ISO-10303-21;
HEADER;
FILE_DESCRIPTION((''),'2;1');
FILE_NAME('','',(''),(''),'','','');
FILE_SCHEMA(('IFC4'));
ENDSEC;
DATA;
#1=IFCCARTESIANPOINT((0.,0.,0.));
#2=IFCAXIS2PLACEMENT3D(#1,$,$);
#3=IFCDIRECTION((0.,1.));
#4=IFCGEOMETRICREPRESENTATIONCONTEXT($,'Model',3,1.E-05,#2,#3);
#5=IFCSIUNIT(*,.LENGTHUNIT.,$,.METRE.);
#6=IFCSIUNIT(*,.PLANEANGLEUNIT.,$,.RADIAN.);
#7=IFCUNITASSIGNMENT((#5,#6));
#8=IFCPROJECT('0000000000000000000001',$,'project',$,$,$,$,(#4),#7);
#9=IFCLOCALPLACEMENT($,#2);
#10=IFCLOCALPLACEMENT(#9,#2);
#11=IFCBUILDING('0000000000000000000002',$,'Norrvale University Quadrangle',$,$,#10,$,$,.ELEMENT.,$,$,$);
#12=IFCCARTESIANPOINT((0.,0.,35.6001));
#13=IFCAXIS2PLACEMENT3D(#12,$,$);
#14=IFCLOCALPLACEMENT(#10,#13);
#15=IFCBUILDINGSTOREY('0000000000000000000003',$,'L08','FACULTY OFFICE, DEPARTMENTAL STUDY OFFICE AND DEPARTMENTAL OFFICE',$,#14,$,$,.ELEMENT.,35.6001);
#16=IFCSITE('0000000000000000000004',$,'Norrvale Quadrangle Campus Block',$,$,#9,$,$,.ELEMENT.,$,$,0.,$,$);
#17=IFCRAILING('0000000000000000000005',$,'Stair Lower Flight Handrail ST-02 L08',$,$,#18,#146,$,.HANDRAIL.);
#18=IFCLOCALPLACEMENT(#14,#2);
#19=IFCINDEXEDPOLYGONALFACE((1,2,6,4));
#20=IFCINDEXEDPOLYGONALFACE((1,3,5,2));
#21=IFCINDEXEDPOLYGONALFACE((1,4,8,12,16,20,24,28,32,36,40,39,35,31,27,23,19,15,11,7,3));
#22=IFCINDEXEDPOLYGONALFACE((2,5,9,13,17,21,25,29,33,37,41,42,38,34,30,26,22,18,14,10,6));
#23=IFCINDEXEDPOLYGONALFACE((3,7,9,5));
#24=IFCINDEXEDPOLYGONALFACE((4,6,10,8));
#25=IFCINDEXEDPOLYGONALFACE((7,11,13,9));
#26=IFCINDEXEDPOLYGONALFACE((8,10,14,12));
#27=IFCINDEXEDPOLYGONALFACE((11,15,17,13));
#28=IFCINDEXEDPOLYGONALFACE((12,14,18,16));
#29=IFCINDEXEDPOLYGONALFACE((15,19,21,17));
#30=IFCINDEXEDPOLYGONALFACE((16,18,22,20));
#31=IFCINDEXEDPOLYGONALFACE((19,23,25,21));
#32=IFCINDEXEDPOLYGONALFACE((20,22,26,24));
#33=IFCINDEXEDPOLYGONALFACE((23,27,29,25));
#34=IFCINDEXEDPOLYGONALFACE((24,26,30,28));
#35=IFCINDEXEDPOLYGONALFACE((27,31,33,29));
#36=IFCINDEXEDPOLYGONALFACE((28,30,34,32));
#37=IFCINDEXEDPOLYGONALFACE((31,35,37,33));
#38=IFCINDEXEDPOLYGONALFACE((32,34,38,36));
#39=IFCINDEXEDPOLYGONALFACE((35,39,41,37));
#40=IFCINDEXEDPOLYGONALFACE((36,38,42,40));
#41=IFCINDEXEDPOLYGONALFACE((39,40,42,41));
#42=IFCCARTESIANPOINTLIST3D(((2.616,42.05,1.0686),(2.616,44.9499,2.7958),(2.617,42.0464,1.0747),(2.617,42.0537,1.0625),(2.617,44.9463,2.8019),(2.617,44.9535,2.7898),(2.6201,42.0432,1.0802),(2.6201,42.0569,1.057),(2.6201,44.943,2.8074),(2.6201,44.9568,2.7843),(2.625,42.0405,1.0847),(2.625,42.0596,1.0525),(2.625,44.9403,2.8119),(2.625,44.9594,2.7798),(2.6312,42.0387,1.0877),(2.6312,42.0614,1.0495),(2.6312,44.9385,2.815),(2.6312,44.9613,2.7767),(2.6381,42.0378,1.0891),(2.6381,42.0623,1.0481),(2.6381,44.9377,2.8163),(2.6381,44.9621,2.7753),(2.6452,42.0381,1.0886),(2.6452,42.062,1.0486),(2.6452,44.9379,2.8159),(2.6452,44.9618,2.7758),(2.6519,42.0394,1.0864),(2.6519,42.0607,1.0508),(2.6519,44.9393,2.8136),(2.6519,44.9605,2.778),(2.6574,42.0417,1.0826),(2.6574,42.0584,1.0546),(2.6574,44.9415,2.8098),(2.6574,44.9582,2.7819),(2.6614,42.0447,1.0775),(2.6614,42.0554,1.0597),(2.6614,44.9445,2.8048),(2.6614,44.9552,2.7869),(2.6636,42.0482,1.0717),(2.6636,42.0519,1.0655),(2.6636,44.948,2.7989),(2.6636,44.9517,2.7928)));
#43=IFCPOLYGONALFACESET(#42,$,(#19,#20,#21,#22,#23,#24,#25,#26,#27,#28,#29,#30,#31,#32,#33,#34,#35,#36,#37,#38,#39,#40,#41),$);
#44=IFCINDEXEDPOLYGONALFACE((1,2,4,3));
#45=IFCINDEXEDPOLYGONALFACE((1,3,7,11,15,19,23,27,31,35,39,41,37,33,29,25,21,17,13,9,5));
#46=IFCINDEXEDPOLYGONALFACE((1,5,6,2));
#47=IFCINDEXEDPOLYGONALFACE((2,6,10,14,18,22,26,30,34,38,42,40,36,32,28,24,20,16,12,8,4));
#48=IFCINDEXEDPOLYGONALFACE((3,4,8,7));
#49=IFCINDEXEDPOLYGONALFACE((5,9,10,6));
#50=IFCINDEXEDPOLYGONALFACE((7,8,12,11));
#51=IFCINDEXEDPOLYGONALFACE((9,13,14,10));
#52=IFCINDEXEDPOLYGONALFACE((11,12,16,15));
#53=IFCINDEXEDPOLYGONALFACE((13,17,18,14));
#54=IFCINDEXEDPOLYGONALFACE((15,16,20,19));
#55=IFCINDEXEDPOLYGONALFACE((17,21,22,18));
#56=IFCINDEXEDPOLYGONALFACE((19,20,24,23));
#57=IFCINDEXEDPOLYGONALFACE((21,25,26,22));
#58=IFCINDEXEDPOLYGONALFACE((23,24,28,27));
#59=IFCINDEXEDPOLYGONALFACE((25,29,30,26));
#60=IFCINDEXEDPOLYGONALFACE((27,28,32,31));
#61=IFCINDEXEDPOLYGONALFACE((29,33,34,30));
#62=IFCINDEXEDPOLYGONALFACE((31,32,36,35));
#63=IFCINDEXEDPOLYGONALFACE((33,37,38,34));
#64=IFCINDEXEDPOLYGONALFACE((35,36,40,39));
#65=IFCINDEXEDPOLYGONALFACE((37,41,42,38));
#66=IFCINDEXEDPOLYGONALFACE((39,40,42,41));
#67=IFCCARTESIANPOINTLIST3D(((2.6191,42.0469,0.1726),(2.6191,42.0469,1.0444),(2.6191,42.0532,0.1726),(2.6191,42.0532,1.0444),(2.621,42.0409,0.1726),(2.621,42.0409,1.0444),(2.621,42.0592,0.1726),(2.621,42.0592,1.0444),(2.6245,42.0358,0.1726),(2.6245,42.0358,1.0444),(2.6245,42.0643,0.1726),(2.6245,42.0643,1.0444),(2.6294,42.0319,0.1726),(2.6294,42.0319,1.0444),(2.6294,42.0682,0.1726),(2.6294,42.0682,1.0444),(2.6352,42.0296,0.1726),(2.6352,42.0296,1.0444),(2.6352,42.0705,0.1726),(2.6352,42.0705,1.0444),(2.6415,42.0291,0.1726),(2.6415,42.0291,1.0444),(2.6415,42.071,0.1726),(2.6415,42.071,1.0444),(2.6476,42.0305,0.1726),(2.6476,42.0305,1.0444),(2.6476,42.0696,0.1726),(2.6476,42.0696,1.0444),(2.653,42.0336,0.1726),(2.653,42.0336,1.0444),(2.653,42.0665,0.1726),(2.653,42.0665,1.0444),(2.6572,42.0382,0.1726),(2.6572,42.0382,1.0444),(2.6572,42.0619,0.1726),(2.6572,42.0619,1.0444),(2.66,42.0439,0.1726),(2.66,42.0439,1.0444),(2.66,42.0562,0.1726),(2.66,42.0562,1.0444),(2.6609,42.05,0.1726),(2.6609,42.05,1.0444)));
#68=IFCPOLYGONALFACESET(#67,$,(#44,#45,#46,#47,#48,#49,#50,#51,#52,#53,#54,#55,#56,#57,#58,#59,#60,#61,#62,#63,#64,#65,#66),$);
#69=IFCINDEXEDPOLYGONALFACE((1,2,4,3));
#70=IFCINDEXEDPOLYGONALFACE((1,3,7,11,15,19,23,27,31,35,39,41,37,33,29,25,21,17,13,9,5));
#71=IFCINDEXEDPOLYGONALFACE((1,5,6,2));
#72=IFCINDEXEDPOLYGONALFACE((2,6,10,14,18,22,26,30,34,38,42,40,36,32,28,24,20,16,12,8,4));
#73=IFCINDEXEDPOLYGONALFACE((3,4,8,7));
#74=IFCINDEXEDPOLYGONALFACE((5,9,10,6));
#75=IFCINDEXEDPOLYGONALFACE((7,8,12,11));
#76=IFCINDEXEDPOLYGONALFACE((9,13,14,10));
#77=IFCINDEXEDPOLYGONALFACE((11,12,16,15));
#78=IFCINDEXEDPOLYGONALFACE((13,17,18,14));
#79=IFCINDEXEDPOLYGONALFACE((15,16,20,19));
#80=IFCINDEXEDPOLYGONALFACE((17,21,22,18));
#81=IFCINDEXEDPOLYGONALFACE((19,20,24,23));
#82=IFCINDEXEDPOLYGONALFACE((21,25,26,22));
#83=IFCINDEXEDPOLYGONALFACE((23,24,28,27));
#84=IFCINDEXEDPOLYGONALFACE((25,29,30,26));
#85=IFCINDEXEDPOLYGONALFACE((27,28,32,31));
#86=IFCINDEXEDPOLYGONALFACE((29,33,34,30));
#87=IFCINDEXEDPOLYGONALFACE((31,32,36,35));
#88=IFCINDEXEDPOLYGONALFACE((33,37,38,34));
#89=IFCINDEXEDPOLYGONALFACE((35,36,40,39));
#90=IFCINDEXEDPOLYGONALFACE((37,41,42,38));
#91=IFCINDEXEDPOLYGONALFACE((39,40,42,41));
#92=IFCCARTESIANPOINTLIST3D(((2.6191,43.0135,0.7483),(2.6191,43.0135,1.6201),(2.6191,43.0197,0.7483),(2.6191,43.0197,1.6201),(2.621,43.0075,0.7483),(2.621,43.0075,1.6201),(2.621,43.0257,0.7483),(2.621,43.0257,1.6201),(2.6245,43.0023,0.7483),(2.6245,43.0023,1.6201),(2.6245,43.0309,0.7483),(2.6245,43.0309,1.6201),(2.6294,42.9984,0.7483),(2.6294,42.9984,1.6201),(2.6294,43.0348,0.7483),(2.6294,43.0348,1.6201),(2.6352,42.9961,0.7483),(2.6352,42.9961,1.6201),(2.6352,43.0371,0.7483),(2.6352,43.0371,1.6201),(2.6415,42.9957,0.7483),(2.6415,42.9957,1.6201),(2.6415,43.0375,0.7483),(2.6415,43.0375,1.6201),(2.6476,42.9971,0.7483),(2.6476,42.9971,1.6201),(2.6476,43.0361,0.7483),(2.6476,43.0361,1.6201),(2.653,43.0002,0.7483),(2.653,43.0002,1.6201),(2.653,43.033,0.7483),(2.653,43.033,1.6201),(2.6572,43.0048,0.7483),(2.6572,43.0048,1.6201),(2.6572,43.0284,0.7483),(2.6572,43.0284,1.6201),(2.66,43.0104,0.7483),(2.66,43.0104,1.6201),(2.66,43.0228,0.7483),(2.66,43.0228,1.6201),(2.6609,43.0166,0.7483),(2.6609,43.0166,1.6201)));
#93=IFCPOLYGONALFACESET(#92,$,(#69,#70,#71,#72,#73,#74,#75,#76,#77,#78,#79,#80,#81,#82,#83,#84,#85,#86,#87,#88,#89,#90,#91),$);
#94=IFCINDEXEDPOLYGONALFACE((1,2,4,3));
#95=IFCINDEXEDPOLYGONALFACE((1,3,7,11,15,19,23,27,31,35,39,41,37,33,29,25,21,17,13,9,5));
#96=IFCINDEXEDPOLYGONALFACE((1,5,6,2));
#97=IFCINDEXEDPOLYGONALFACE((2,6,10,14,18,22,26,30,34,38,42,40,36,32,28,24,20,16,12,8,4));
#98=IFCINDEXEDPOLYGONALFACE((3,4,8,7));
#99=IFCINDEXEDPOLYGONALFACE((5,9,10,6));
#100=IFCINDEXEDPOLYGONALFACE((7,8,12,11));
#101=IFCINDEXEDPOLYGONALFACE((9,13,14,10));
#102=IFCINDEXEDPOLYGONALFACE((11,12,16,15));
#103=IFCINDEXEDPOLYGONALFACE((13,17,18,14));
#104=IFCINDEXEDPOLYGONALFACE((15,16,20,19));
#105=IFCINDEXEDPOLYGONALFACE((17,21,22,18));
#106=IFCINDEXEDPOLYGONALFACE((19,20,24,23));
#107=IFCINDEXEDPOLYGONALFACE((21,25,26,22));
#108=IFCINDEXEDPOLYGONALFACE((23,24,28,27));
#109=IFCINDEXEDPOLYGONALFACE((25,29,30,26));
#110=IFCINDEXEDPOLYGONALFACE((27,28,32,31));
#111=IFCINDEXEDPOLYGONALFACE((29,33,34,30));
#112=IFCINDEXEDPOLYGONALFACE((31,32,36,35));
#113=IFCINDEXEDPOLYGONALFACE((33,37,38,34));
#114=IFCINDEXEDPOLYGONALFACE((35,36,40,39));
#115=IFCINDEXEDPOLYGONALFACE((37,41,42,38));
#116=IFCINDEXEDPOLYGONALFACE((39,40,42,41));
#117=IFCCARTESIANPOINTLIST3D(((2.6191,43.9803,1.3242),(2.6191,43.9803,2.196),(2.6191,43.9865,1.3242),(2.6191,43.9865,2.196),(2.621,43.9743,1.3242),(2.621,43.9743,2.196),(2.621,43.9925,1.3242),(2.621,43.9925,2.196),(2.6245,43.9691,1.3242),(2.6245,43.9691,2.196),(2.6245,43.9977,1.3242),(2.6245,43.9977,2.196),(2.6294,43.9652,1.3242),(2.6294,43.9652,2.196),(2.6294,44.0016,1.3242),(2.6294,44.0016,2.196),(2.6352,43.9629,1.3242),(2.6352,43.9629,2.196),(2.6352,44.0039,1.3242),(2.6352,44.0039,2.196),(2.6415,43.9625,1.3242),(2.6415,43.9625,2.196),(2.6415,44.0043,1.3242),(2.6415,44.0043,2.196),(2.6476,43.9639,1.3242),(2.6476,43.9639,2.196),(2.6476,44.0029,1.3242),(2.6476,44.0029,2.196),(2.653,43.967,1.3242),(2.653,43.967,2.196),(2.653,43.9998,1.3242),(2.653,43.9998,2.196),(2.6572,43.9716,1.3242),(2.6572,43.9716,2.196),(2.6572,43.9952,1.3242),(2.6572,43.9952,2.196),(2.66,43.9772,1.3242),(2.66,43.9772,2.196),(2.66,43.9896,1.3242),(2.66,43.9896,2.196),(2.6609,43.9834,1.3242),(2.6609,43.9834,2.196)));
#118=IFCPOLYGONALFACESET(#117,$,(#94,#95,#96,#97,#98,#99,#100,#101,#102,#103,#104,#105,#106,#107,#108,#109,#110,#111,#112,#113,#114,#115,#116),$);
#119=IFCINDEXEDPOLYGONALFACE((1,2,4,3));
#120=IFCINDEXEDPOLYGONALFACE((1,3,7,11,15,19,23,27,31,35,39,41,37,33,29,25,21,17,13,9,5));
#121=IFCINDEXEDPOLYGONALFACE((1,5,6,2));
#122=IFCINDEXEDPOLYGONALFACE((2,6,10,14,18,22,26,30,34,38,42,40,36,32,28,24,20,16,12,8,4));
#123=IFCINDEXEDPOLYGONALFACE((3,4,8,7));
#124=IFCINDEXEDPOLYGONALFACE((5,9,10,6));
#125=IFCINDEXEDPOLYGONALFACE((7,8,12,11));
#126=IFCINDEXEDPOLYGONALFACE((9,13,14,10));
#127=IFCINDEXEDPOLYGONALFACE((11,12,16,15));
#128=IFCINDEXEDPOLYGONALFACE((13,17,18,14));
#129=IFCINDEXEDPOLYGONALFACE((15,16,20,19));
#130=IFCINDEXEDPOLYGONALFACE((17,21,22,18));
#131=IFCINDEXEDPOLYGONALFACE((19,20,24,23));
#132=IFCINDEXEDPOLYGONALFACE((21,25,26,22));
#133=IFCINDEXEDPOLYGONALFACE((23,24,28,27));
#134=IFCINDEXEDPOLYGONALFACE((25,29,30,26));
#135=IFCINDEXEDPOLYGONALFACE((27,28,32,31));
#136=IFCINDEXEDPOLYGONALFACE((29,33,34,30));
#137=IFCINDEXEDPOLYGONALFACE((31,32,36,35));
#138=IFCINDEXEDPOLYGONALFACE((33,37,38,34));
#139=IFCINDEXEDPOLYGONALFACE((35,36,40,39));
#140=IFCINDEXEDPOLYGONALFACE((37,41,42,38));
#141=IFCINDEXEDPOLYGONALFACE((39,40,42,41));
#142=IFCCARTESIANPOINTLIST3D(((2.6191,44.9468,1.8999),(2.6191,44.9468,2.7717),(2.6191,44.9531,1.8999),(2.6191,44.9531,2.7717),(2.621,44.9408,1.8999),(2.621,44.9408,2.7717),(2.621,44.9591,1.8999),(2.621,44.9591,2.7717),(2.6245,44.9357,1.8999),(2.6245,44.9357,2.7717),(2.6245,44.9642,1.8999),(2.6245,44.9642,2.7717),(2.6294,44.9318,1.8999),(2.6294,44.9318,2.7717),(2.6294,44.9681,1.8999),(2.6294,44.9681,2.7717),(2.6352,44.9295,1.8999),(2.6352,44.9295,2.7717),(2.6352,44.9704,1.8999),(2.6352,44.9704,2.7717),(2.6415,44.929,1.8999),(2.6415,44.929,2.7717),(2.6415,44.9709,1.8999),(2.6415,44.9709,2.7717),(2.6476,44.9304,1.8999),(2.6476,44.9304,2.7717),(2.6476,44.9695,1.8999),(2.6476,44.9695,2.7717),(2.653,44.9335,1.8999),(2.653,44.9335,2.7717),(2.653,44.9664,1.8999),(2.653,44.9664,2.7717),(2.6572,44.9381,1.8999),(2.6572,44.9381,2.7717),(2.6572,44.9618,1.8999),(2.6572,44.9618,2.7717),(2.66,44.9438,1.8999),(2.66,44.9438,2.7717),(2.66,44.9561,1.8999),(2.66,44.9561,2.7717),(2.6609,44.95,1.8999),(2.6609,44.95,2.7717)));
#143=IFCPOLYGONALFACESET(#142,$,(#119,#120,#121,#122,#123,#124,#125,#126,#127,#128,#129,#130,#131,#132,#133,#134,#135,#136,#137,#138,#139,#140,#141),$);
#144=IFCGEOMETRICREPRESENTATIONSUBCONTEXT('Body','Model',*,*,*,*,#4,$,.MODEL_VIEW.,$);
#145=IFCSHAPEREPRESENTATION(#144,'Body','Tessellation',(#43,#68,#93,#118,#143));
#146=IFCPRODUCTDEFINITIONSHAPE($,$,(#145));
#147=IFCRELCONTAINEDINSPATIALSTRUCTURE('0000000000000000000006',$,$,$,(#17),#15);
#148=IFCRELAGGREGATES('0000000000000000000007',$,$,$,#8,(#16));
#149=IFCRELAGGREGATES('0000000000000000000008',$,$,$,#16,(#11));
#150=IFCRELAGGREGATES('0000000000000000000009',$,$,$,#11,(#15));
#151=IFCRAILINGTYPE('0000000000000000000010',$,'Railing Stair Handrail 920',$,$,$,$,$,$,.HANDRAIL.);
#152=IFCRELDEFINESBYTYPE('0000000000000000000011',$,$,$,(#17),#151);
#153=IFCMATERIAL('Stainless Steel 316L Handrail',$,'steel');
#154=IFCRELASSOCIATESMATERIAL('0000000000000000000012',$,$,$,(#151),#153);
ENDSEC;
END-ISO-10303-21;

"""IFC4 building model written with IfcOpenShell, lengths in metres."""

from ifc_helpers import new_model, si_unit, direction, frame, origin, origin_2d, place, context, subcontext, project, spatial, circle, extrude, material, type_object, element, save


model = new_model("IFC4")

# Units and contexts
model_context = context("Model", 3, precision=1e-05, world=origin(), true_north=direction((0.0, 1.0)))
body_context = subcontext(model_context, "Body", "Model", "MODEL_VIEW")
ifc_project = project(units=[si_unit("LENGTHUNIT", "METRE"), si_unit("PLANEANGLEUNIT", "RADIAN")], contexts=[model_context])

# Site, building, storey
site_placement = place(None, origin())
site = spatial("IfcSite", under=ifc_project, at=site_placement, Name="Norrvale Quadrangle Campus Block", CompositionType="ELEMENT", RefElevation=0.0)
building_placement = place(site_placement, origin())
building = spatial("IfcBuilding", under=site, at=building_placement, Name="Norrvale University Quadrangle", CompositionType="ELEMENT")
storey_placement = place(building_placement, frame((0.0, 0.0, 35.6001)))
storey = spatial("IfcBuildingStorey", under=building, at=storey_placement, Name="L08", Description="FACULTY OFFICE, DEPARTMENTAL STUDY OFFICE AND DEPARTMENTAL OFFICE", CompositionType="ELEMENT", Elevation=35.6001)

# Railing
ifc_material_1 = material(Name="Stainless Steel 316L Handrail", Category="steel")
railing_type_1 = type_object("IfcRailingType", Name="Railing Stair Handrail 920", PredefinedType="HANDRAIL", material=ifc_material_1)
railing_1_placement = place(storey_placement, frame((2.6399, 42.05, 0.1726)))
element("IfcRailing", 1, at=railing_1_placement, inside=storey, type_object=railing_type_1, Name="Stair Lower Flight Handrail ST-02 L08", PredefinedType="HANDRAIL", context=body_context, shape_type="SweptSolid", body=[
    extrude(circle(Radius=0.0239, at=origin_2d()), frame((0.0, 0.0, 0.896), z_axis=(0.0, 0.859141, 0.511738), x_axis=(-1.0, 0.0, 0.0)), (0.0, 0.0, 1.0), 3.3752),
    extrude(circle(Radius=0.021, at=origin_2d()), origin(), (0.0, 0.0, 1.0), 0.8718),
    extrude(circle(Radius=0.021, at=origin_2d()), frame((0.0, 0.9666, 0.5757)), (0.0, 0.0, 1.0), 0.8718),
    extrude(circle(Radius=0.021, at=origin_2d()), frame((0.0, 1.9333, 1.1516)), (0.0, 0.0, 1.0), 0.8718),
    extrude(circle(Radius=0.021, at=origin_2d()), frame((0.0, 2.8999, 1.7273)), (0.0, 0.0, 1.0), 0.8718),
])

save(model, "model.ifc")
